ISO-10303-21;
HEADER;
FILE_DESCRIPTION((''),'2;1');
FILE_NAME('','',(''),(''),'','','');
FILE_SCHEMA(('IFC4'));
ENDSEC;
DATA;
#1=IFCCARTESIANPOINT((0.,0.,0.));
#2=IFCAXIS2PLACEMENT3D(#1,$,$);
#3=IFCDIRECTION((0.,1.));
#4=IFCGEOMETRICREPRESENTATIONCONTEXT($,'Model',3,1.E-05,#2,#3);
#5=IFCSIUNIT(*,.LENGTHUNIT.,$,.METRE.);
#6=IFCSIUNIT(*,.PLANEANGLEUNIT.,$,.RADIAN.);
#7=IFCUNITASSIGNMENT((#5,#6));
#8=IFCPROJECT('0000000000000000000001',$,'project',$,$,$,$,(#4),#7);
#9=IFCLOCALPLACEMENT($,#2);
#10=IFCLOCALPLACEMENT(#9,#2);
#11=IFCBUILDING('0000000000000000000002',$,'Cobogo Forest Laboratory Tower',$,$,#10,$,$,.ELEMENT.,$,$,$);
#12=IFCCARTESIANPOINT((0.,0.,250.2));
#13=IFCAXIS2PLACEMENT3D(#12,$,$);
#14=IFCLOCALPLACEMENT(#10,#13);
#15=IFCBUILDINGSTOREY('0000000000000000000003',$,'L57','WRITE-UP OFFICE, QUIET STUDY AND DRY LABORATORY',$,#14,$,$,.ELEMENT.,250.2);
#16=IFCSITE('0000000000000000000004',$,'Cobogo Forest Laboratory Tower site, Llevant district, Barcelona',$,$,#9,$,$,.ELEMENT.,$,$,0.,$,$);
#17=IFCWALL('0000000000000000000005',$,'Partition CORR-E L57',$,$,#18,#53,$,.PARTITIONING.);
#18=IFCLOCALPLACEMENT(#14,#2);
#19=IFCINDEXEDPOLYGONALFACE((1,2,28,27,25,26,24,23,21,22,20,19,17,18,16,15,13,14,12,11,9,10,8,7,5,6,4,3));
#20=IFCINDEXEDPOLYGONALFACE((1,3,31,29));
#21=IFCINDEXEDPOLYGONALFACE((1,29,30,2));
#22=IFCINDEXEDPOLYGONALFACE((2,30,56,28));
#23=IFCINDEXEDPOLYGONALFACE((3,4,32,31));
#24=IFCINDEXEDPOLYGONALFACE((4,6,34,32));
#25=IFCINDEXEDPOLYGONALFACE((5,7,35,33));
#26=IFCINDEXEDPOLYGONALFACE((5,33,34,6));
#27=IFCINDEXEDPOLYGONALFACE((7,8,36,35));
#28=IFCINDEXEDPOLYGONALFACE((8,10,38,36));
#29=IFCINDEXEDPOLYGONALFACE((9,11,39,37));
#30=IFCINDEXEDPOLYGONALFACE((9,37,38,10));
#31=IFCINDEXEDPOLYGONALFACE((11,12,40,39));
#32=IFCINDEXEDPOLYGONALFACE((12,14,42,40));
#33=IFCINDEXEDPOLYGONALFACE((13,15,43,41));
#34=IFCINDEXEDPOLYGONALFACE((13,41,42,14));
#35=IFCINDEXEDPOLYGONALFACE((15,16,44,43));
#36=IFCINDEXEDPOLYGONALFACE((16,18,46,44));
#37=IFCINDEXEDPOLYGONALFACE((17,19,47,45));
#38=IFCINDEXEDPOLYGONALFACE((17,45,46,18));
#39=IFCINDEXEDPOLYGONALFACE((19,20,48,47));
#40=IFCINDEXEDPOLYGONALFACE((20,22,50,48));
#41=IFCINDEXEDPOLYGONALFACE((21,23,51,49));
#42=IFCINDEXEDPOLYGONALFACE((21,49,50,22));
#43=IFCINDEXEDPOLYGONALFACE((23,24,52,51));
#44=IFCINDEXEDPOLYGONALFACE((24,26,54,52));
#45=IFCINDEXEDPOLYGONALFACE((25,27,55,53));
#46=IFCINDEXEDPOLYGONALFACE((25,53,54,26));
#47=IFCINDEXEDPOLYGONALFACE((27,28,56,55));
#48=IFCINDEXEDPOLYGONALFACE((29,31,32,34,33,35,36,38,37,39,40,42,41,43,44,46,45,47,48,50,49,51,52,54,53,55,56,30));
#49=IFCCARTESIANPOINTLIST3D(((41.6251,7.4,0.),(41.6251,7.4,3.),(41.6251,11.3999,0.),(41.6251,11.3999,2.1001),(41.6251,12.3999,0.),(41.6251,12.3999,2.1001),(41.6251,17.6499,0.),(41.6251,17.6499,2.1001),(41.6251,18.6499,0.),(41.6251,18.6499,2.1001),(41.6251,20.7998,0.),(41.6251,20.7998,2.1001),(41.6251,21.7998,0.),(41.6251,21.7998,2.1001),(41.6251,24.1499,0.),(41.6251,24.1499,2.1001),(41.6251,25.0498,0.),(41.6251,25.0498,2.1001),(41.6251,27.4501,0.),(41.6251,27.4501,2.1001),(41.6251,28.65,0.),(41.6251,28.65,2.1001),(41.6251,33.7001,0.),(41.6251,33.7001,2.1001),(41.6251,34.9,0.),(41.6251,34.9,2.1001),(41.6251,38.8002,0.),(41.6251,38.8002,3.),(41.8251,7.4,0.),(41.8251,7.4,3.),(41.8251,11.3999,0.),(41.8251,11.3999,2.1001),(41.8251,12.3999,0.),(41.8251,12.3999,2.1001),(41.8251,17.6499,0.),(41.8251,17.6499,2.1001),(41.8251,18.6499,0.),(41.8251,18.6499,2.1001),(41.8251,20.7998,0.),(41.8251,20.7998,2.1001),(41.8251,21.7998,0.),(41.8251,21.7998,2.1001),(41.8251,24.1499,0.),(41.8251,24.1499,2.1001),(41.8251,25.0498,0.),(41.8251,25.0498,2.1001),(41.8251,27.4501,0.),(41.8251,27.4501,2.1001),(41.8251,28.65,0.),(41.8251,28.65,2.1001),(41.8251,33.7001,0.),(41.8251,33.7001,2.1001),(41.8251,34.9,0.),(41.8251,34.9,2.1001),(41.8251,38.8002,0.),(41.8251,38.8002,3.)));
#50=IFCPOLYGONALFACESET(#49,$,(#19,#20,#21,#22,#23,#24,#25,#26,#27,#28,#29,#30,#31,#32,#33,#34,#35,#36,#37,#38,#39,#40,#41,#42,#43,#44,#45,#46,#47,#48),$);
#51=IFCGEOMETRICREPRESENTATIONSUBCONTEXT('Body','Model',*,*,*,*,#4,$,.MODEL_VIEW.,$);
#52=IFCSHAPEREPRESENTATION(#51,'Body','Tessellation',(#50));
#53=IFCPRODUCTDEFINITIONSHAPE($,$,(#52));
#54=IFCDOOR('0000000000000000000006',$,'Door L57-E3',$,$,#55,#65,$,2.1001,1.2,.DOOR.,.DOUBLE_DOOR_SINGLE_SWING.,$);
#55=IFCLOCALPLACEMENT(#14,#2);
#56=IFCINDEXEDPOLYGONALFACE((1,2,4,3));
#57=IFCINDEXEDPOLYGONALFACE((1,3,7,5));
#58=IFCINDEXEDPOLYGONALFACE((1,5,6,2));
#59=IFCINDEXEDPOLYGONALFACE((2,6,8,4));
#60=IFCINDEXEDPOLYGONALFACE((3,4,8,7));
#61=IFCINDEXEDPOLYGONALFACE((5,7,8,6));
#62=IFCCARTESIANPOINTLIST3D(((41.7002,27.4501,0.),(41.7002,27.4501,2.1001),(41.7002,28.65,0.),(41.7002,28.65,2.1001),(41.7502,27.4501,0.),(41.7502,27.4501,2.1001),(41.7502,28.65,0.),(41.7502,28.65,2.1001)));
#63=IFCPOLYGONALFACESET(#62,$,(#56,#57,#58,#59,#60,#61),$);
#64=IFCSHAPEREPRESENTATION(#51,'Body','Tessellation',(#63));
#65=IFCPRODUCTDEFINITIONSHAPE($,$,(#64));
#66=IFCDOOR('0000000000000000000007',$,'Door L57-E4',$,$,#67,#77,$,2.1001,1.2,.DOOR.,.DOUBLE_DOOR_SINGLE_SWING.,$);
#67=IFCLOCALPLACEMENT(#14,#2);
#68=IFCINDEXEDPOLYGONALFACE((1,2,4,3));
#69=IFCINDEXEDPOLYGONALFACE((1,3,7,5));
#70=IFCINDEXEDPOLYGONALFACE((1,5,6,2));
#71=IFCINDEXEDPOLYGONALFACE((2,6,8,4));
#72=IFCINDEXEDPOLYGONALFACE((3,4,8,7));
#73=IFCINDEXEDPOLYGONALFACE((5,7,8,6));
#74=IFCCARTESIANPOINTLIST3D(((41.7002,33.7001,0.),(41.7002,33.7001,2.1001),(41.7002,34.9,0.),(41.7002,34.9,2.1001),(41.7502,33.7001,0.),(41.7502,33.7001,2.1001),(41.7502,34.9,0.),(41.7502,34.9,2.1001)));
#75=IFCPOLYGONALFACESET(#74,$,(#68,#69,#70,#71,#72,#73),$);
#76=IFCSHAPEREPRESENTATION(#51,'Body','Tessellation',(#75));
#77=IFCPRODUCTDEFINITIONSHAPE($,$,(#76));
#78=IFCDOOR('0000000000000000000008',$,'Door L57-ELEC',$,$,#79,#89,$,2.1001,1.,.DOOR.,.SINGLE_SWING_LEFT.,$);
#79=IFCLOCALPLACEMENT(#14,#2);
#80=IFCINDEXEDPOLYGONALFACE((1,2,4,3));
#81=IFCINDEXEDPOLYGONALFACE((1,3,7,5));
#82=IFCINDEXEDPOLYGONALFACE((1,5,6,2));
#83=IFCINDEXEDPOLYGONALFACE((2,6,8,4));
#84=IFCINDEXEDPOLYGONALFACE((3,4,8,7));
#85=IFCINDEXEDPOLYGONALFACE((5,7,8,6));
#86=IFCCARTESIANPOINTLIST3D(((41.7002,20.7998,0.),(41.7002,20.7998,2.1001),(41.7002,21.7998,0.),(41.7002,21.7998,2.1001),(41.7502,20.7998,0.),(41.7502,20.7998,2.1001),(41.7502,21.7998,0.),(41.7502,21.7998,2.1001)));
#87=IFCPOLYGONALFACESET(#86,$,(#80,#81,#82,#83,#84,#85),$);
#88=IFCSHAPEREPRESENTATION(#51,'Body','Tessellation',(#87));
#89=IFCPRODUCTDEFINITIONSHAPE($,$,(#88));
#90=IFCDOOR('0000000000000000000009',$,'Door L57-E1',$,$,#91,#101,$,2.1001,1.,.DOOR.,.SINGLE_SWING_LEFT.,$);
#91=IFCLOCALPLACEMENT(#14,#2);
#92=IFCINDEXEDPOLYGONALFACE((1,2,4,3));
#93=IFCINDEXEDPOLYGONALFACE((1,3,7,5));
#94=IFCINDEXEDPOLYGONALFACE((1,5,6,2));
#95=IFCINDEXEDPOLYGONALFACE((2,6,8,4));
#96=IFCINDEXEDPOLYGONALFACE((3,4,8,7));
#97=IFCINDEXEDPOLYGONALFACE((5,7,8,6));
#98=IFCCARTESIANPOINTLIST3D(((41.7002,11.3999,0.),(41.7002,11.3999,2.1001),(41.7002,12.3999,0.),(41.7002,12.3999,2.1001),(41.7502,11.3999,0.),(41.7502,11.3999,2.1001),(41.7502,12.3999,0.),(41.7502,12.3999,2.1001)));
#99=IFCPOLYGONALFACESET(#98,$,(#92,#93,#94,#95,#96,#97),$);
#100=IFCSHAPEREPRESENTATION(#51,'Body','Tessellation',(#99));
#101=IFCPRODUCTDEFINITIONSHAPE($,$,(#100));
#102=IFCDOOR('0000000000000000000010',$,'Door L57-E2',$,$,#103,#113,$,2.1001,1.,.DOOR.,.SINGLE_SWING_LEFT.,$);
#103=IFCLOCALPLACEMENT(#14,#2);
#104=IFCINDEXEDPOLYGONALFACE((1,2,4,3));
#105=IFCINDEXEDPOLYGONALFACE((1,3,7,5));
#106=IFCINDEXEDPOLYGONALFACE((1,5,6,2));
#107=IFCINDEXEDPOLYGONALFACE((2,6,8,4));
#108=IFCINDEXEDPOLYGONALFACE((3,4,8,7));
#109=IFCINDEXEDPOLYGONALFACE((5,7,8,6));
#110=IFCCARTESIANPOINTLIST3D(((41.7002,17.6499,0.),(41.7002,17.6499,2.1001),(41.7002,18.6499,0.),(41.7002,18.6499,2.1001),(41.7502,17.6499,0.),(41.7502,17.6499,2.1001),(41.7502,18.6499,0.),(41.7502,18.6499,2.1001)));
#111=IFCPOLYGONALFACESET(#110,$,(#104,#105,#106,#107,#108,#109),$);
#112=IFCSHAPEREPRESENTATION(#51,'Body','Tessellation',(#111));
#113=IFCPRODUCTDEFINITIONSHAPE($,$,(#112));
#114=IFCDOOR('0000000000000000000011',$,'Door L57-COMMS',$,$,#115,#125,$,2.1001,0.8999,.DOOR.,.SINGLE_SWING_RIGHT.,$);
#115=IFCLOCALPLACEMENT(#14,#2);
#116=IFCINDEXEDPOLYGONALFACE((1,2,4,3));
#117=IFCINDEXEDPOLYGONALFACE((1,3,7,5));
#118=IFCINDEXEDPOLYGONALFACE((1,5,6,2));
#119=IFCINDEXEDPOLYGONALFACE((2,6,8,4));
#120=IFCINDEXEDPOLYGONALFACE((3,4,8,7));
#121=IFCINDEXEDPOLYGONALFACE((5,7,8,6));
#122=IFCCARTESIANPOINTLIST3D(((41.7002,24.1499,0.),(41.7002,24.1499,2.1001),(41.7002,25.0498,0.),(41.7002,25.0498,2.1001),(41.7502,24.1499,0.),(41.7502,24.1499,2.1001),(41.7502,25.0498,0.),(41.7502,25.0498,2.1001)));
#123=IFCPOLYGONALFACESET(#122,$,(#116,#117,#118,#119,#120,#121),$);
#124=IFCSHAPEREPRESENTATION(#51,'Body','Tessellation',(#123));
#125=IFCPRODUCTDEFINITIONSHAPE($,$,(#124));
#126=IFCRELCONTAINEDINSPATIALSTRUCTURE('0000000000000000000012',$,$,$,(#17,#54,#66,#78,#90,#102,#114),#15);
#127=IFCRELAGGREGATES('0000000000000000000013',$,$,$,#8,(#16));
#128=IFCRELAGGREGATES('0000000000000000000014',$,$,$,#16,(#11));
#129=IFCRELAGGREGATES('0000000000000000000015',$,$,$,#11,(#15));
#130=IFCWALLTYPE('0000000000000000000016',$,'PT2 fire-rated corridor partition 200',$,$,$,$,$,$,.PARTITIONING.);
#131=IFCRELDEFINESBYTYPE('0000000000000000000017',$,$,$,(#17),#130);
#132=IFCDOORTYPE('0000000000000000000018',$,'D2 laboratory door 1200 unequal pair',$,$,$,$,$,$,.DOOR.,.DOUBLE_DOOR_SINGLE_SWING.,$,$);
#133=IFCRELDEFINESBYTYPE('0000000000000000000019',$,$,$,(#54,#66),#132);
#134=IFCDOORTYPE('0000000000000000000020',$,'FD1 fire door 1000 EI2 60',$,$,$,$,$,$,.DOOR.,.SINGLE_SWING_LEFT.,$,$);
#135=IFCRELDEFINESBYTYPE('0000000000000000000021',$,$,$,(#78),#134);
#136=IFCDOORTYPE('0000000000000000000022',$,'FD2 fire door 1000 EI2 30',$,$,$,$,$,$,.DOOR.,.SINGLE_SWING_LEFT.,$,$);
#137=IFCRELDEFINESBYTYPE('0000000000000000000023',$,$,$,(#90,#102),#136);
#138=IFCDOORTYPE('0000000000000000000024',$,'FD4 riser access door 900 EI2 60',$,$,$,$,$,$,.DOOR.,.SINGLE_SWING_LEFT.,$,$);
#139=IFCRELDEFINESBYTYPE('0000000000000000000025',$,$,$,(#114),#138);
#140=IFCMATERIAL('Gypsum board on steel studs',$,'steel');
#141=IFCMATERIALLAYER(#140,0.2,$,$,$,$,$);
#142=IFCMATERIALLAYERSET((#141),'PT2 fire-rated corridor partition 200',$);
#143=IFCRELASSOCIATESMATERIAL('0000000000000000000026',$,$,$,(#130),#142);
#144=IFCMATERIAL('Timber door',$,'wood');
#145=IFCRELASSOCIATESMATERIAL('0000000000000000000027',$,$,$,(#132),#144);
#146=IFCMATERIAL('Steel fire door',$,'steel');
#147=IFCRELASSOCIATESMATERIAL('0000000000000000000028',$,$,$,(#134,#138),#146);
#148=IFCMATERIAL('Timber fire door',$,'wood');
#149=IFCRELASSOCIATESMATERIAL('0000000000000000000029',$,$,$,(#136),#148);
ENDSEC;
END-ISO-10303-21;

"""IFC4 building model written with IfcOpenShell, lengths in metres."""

from ifc_helpers import new_model, si_unit, direction, frame, frame_2d, origin, place, context, subcontext, project, spatial, rectangle, extrude, material, layer, layer_set, type_object, element, fill, save


model = new_model("IFC4")

# Units and contexts
model_context = context("Model", 3, precision=1e-05, world=origin(), true_north=direction((0.0, 1.0)))
body_context = subcontext(model_context, "Body", "Model", "MODEL_VIEW")
ifc_project = project(units=[si_unit("LENGTHUNIT", "METRE"), si_unit("PLANEANGLEUNIT", "RADIAN")], contexts=[model_context])

# Site, building, storey
site_placement = place(None, origin())
site = spatial("IfcSite", under=ifc_project, at=site_placement, Name="Cobogo Forest Laboratory Tower site, Llevant district, Barcelona", CompositionType="ELEMENT", RefElevation=0.0)
building_placement = place(site_placement, origin())
building = spatial("IfcBuilding", under=site, at=building_placement, Name="Cobogo Forest Laboratory Tower", CompositionType="ELEMENT")
storey_placement = place(building_placement, frame((0.0, 0.0, 250.2)))
storey = spatial("IfcBuildingStorey", under=building, at=storey_placement, Name="L57", Description="WRITE-UP OFFICE, QUIET STUDY AND DRY LABORATORY", CompositionType="ELEMENT", Elevation=250.2)

# Shared definitions
ifc_material_1 = material(Name="Gypsum board on steel studs", Category="steel")

# Wall, openings, doors
ifc_layer_1 = layer(ifc_material_1, 0.2)
ifc_layer_set_1 = layer_set([ifc_layer_1], Name="PT2 fire-rated corridor partition 200")
wall_type_1 = type_object("IfcWallType", Name="PT2 fire-rated corridor partition 200", PredefinedType="PARTITIONING", material=ifc_layer_set_1)
wall_1_placement = place(storey_placement, frame((41.7251, 7.3999, 0.0), z_axis=(0.0, 0.0, 1.0), x_axis=(0.0, 1.0, 0.0)))
wall_1 = element("IfcWall", 1, at=wall_1_placement, inside=storey, type_object=wall_type_1, Name="Partition CORR-E L57", PredefinedType="PARTITIONING", context=body_context, shape_type="SweptSolid", body=[
    extrude(rectangle(XDim=31.4001, YDim=0.2, at=frame_2d((15.7002, 0.0))), origin(), (0.0, 0.0, 1.0), 3.0),
])
opening_1_placement = place(wall_1_placement, frame((4.0, 0.0, 0.0)))
opening_1 = element("IfcOpeningElement", 2, at=opening_1_placement, cuts=wall_1, PredefinedType="OPENING", context=body_context, shape_type="SweptSolid", body=[
    extrude(rectangle(XDim=1.0, YDim=2.1001, at=frame_2d((0.5, 1.05))), frame((0.0, 0.1099, 0.0), z_axis=(0.0, -1.0, 0.0), x_axis=(1.0, 0.0, 0.0)), (0.0, 0.0, 1.0), 0.22),
])
opening_2_placement = place(wall_1_placement, frame((10.25, 0.0, 0.0)))
opening_2 = element("IfcOpeningElement", 3, at=opening_2_placement, cuts=wall_1, PredefinedType="OPENING", context=body_context, shape_type="SweptSolid", body=[
    extrude(rectangle(XDim=1.0, YDim=2.1001, at=frame_2d((0.5, 1.05))), frame((0.0, 0.1099, 0.0), z_axis=(0.0, -1.0, 0.0), x_axis=(1.0, 0.0, 0.0)), (0.0, 0.0, 1.0), 0.22),
])
opening_3_placement = place(wall_1_placement, frame((13.3999, 0.0, 0.0)))
opening_3 = element("IfcOpeningElement", 4, at=opening_3_placement, cuts=wall_1, PredefinedType="OPENING", context=body_context, shape_type="SweptSolid", body=[
    extrude(rectangle(XDim=1.0, YDim=2.1001, at=frame_2d((0.5, 1.05))), frame((0.0, 0.1099, 0.0), z_axis=(0.0, -1.0, 0.0), x_axis=(1.0, 0.0, 0.0)), (0.0, 0.0, 1.0), 0.22),
])
opening_4_placement = place(wall_1_placement, frame((16.75, 0.0, 0.0)))
opening_4 = element("IfcOpeningElement", 5, at=opening_4_placement, cuts=wall_1, PredefinedType="OPENING", context=body_context, shape_type="SweptSolid", body=[
    extrude(rectangle(XDim=0.8999, YDim=2.1001, at=frame_2d((0.45, 1.05))), frame((0.0, 0.1099, 0.0), z_axis=(0.0, -1.0, 0.0), x_axis=(1.0, 0.0, 0.0)), (0.0, 0.0, 1.0), 0.22),
])
opening_5_placement = place(wall_1_placement, frame((20.05, 0.0, 0.0)))
opening_5 = element("IfcOpeningElement", 6, at=opening_5_placement, cuts=wall_1, PredefinedType="OPENING", context=body_context, shape_type="SweptSolid", body=[
    extrude(rectangle(XDim=1.2, YDim=2.1001, at=frame_2d((0.6001, 1.05))), frame((0.0, 0.1099, 0.0), z_axis=(0.0, -1.0, 0.0), x_axis=(1.0, 0.0, 0.0)), (0.0, 0.0, 1.0), 0.22),
])
opening_6_placement = place(wall_1_placement, frame((26.3, 0.0, 0.0)))
opening_6 = element("IfcOpeningElement", 7, at=opening_6_placement, cuts=wall_1, PredefinedType="OPENING", context=body_context, shape_type="SweptSolid", body=[
    extrude(rectangle(XDim=1.2, YDim=2.1001, at=frame_2d((0.6001, 1.05))), frame((0.0, 0.1099, 0.0), z_axis=(0.0, -1.0, 0.0), x_axis=(1.0, 0.0, 0.0)), (0.0, 0.0, 1.0), 0.22),
])
ifc_material_2 = material(Name="Timber door", Category="wood")
door_type_1 = type_object("IfcDoorType", Name="D2 laboratory door 1200 unequal pair", OperationType="DOUBLE_DOOR_SINGLE_SWING", PredefinedType="DOOR", material=ifc_material_2)
door_1_placement = place(opening_5_placement, origin())
door_1 = element("IfcDoor", 8, at=door_1_placement, inside=storey, type_object=door_type_1, Name="Door L57-E3", OperationType="DOUBLE_DOOR_SINGLE_SWING", OverallHeight=2.1001, OverallWidth=1.2, PredefinedType="DOOR", context=body_context, shape_type="SweptSolid", body=[
    extrude(rectangle(XDim=1.2, YDim=2.1001, at=frame_2d((0.6001, 1.05))), frame((0.0, 0.0249, 0.0), z_axis=(0.0, -1.0, 0.0), x_axis=(1.0, 0.0, 0.0)), (0.0, 0.0, 1.0), 0.05),
])
fill(opening_5, door_1)
door_2_placement = place(opening_6_placement, origin())
door_2 = element("IfcDoor", 9, at=door_2_placement, inside=storey, type_object=door_type_1, Name="Door L57-E4", OperationType="DOUBLE_DOOR_SINGLE_SWING", OverallHeight=2.1001, OverallWidth=1.2, PredefinedType="DOOR", context=body_context, shape_type="SweptSolid", body=[
    extrude(rectangle(XDim=1.2, YDim=2.1001, at=frame_2d((0.6001, 1.05))), frame((0.0, 0.0249, 0.0), z_axis=(0.0, -1.0, 0.0), x_axis=(1.0, 0.0, 0.0)), (0.0, 0.0, 1.0), 0.05),
])
fill(opening_6, door_2)
ifc_material_3 = material(Name="Steel fire door", Category="steel")
door_type_2 = type_object("IfcDoorType", Name="FD1 fire door 1000 EI2 60", OperationType="SINGLE_SWING_LEFT", PredefinedType="DOOR", material=ifc_material_3)
door_3_placement = place(opening_3_placement, origin())
door_3 = element("IfcDoor", 10, at=door_3_placement, inside=storey, type_object=door_type_2, Name="Door L57-ELEC", OperationType="SINGLE_SWING_LEFT", OverallHeight=2.1001, OverallWidth=1.0, PredefinedType="DOOR", context=body_context, shape_type="SweptSolid", body=[
    extrude(rectangle(XDim=1.0, YDim=2.1001, at=frame_2d((0.5, 1.05))), frame((0.0, 0.0249, 0.0), z_axis=(0.0, -1.0, 0.0), x_axis=(1.0, 0.0, 0.0)), (0.0, 0.0, 1.0), 0.05),
])
fill(opening_3, door_3)
ifc_material_4 = material(Name="Timber fire door", Category="wood")
door_type_3 = type_object("IfcDoorType", Name="FD2 fire door 1000 EI2 30", OperationType="SINGLE_SWING_LEFT", PredefinedType="DOOR", material=ifc_material_4)
door_4_placement = place(opening_1_placement, origin())
door_4 = element("IfcDoor", 11, at=door_4_placement, inside=storey, type_object=door_type_3, Name="Door L57-E1", OperationType="SINGLE_SWING_LEFT", OverallHeight=2.1001, OverallWidth=1.0, PredefinedType="DOOR", context=body_context, shape_type="SweptSolid", body=[
    extrude(rectangle(XDim=1.0, YDim=2.1001, at=frame_2d((0.5, 1.05))), frame((0.0, 0.0249, 0.0), z_axis=(0.0, -1.0, 0.0), x_axis=(1.0, 0.0, 0.0)), (0.0, 0.0, 1.0), 0.05),
])
fill(opening_1, door_4)
door_5_placement = place(opening_2_placement, origin())
door_5 = element("IfcDoor", 12, at=door_5_placement, inside=storey, type_object=door_type_3, Name="Door L57-E2", OperationType="SINGLE_SWING_LEFT", OverallHeight=2.1001, OverallWidth=1.0, PredefinedType="DOOR", context=body_context, shape_type="SweptSolid", body=[
    extrude(rectangle(XDim=1.0, YDim=2.1001, at=frame_2d((0.5, 1.05))), frame((0.0, 0.0249, 0.0), z_axis=(0.0, -1.0, 0.0), x_axis=(1.0, 0.0, 0.0)), (0.0, 0.0, 1.0), 0.05),
])
fill(opening_2, door_5)
door_type_4 = type_object("IfcDoorType", Name="FD4 riser access door 900 EI2 60", OperationType="SINGLE_SWING_LEFT", PredefinedType="DOOR", material=ifc_material_3)
door_6_placement = place(opening_4_placement, origin())
door_6 = element("IfcDoor", 13, at=door_6_placement, inside=storey, type_object=door_type_4, Name="Door L57-COMMS", OperationType="SINGLE_SWING_RIGHT", OverallHeight=2.1001, OverallWidth=0.8999, PredefinedType="DOOR", context=body_context, shape_type="SweptSolid", body=[
    extrude(rectangle(XDim=0.8999, YDim=2.1001, at=frame_2d((0.45, 1.05))), frame((0.0, 0.0249, 0.0), z_axis=(0.0, -1.0, 0.0), x_axis=(1.0, 0.0, 0.0)), (0.0, 0.0, 1.0), 0.05),
])
fill(opening_4, door_6)

save(model, "model.ifc")
